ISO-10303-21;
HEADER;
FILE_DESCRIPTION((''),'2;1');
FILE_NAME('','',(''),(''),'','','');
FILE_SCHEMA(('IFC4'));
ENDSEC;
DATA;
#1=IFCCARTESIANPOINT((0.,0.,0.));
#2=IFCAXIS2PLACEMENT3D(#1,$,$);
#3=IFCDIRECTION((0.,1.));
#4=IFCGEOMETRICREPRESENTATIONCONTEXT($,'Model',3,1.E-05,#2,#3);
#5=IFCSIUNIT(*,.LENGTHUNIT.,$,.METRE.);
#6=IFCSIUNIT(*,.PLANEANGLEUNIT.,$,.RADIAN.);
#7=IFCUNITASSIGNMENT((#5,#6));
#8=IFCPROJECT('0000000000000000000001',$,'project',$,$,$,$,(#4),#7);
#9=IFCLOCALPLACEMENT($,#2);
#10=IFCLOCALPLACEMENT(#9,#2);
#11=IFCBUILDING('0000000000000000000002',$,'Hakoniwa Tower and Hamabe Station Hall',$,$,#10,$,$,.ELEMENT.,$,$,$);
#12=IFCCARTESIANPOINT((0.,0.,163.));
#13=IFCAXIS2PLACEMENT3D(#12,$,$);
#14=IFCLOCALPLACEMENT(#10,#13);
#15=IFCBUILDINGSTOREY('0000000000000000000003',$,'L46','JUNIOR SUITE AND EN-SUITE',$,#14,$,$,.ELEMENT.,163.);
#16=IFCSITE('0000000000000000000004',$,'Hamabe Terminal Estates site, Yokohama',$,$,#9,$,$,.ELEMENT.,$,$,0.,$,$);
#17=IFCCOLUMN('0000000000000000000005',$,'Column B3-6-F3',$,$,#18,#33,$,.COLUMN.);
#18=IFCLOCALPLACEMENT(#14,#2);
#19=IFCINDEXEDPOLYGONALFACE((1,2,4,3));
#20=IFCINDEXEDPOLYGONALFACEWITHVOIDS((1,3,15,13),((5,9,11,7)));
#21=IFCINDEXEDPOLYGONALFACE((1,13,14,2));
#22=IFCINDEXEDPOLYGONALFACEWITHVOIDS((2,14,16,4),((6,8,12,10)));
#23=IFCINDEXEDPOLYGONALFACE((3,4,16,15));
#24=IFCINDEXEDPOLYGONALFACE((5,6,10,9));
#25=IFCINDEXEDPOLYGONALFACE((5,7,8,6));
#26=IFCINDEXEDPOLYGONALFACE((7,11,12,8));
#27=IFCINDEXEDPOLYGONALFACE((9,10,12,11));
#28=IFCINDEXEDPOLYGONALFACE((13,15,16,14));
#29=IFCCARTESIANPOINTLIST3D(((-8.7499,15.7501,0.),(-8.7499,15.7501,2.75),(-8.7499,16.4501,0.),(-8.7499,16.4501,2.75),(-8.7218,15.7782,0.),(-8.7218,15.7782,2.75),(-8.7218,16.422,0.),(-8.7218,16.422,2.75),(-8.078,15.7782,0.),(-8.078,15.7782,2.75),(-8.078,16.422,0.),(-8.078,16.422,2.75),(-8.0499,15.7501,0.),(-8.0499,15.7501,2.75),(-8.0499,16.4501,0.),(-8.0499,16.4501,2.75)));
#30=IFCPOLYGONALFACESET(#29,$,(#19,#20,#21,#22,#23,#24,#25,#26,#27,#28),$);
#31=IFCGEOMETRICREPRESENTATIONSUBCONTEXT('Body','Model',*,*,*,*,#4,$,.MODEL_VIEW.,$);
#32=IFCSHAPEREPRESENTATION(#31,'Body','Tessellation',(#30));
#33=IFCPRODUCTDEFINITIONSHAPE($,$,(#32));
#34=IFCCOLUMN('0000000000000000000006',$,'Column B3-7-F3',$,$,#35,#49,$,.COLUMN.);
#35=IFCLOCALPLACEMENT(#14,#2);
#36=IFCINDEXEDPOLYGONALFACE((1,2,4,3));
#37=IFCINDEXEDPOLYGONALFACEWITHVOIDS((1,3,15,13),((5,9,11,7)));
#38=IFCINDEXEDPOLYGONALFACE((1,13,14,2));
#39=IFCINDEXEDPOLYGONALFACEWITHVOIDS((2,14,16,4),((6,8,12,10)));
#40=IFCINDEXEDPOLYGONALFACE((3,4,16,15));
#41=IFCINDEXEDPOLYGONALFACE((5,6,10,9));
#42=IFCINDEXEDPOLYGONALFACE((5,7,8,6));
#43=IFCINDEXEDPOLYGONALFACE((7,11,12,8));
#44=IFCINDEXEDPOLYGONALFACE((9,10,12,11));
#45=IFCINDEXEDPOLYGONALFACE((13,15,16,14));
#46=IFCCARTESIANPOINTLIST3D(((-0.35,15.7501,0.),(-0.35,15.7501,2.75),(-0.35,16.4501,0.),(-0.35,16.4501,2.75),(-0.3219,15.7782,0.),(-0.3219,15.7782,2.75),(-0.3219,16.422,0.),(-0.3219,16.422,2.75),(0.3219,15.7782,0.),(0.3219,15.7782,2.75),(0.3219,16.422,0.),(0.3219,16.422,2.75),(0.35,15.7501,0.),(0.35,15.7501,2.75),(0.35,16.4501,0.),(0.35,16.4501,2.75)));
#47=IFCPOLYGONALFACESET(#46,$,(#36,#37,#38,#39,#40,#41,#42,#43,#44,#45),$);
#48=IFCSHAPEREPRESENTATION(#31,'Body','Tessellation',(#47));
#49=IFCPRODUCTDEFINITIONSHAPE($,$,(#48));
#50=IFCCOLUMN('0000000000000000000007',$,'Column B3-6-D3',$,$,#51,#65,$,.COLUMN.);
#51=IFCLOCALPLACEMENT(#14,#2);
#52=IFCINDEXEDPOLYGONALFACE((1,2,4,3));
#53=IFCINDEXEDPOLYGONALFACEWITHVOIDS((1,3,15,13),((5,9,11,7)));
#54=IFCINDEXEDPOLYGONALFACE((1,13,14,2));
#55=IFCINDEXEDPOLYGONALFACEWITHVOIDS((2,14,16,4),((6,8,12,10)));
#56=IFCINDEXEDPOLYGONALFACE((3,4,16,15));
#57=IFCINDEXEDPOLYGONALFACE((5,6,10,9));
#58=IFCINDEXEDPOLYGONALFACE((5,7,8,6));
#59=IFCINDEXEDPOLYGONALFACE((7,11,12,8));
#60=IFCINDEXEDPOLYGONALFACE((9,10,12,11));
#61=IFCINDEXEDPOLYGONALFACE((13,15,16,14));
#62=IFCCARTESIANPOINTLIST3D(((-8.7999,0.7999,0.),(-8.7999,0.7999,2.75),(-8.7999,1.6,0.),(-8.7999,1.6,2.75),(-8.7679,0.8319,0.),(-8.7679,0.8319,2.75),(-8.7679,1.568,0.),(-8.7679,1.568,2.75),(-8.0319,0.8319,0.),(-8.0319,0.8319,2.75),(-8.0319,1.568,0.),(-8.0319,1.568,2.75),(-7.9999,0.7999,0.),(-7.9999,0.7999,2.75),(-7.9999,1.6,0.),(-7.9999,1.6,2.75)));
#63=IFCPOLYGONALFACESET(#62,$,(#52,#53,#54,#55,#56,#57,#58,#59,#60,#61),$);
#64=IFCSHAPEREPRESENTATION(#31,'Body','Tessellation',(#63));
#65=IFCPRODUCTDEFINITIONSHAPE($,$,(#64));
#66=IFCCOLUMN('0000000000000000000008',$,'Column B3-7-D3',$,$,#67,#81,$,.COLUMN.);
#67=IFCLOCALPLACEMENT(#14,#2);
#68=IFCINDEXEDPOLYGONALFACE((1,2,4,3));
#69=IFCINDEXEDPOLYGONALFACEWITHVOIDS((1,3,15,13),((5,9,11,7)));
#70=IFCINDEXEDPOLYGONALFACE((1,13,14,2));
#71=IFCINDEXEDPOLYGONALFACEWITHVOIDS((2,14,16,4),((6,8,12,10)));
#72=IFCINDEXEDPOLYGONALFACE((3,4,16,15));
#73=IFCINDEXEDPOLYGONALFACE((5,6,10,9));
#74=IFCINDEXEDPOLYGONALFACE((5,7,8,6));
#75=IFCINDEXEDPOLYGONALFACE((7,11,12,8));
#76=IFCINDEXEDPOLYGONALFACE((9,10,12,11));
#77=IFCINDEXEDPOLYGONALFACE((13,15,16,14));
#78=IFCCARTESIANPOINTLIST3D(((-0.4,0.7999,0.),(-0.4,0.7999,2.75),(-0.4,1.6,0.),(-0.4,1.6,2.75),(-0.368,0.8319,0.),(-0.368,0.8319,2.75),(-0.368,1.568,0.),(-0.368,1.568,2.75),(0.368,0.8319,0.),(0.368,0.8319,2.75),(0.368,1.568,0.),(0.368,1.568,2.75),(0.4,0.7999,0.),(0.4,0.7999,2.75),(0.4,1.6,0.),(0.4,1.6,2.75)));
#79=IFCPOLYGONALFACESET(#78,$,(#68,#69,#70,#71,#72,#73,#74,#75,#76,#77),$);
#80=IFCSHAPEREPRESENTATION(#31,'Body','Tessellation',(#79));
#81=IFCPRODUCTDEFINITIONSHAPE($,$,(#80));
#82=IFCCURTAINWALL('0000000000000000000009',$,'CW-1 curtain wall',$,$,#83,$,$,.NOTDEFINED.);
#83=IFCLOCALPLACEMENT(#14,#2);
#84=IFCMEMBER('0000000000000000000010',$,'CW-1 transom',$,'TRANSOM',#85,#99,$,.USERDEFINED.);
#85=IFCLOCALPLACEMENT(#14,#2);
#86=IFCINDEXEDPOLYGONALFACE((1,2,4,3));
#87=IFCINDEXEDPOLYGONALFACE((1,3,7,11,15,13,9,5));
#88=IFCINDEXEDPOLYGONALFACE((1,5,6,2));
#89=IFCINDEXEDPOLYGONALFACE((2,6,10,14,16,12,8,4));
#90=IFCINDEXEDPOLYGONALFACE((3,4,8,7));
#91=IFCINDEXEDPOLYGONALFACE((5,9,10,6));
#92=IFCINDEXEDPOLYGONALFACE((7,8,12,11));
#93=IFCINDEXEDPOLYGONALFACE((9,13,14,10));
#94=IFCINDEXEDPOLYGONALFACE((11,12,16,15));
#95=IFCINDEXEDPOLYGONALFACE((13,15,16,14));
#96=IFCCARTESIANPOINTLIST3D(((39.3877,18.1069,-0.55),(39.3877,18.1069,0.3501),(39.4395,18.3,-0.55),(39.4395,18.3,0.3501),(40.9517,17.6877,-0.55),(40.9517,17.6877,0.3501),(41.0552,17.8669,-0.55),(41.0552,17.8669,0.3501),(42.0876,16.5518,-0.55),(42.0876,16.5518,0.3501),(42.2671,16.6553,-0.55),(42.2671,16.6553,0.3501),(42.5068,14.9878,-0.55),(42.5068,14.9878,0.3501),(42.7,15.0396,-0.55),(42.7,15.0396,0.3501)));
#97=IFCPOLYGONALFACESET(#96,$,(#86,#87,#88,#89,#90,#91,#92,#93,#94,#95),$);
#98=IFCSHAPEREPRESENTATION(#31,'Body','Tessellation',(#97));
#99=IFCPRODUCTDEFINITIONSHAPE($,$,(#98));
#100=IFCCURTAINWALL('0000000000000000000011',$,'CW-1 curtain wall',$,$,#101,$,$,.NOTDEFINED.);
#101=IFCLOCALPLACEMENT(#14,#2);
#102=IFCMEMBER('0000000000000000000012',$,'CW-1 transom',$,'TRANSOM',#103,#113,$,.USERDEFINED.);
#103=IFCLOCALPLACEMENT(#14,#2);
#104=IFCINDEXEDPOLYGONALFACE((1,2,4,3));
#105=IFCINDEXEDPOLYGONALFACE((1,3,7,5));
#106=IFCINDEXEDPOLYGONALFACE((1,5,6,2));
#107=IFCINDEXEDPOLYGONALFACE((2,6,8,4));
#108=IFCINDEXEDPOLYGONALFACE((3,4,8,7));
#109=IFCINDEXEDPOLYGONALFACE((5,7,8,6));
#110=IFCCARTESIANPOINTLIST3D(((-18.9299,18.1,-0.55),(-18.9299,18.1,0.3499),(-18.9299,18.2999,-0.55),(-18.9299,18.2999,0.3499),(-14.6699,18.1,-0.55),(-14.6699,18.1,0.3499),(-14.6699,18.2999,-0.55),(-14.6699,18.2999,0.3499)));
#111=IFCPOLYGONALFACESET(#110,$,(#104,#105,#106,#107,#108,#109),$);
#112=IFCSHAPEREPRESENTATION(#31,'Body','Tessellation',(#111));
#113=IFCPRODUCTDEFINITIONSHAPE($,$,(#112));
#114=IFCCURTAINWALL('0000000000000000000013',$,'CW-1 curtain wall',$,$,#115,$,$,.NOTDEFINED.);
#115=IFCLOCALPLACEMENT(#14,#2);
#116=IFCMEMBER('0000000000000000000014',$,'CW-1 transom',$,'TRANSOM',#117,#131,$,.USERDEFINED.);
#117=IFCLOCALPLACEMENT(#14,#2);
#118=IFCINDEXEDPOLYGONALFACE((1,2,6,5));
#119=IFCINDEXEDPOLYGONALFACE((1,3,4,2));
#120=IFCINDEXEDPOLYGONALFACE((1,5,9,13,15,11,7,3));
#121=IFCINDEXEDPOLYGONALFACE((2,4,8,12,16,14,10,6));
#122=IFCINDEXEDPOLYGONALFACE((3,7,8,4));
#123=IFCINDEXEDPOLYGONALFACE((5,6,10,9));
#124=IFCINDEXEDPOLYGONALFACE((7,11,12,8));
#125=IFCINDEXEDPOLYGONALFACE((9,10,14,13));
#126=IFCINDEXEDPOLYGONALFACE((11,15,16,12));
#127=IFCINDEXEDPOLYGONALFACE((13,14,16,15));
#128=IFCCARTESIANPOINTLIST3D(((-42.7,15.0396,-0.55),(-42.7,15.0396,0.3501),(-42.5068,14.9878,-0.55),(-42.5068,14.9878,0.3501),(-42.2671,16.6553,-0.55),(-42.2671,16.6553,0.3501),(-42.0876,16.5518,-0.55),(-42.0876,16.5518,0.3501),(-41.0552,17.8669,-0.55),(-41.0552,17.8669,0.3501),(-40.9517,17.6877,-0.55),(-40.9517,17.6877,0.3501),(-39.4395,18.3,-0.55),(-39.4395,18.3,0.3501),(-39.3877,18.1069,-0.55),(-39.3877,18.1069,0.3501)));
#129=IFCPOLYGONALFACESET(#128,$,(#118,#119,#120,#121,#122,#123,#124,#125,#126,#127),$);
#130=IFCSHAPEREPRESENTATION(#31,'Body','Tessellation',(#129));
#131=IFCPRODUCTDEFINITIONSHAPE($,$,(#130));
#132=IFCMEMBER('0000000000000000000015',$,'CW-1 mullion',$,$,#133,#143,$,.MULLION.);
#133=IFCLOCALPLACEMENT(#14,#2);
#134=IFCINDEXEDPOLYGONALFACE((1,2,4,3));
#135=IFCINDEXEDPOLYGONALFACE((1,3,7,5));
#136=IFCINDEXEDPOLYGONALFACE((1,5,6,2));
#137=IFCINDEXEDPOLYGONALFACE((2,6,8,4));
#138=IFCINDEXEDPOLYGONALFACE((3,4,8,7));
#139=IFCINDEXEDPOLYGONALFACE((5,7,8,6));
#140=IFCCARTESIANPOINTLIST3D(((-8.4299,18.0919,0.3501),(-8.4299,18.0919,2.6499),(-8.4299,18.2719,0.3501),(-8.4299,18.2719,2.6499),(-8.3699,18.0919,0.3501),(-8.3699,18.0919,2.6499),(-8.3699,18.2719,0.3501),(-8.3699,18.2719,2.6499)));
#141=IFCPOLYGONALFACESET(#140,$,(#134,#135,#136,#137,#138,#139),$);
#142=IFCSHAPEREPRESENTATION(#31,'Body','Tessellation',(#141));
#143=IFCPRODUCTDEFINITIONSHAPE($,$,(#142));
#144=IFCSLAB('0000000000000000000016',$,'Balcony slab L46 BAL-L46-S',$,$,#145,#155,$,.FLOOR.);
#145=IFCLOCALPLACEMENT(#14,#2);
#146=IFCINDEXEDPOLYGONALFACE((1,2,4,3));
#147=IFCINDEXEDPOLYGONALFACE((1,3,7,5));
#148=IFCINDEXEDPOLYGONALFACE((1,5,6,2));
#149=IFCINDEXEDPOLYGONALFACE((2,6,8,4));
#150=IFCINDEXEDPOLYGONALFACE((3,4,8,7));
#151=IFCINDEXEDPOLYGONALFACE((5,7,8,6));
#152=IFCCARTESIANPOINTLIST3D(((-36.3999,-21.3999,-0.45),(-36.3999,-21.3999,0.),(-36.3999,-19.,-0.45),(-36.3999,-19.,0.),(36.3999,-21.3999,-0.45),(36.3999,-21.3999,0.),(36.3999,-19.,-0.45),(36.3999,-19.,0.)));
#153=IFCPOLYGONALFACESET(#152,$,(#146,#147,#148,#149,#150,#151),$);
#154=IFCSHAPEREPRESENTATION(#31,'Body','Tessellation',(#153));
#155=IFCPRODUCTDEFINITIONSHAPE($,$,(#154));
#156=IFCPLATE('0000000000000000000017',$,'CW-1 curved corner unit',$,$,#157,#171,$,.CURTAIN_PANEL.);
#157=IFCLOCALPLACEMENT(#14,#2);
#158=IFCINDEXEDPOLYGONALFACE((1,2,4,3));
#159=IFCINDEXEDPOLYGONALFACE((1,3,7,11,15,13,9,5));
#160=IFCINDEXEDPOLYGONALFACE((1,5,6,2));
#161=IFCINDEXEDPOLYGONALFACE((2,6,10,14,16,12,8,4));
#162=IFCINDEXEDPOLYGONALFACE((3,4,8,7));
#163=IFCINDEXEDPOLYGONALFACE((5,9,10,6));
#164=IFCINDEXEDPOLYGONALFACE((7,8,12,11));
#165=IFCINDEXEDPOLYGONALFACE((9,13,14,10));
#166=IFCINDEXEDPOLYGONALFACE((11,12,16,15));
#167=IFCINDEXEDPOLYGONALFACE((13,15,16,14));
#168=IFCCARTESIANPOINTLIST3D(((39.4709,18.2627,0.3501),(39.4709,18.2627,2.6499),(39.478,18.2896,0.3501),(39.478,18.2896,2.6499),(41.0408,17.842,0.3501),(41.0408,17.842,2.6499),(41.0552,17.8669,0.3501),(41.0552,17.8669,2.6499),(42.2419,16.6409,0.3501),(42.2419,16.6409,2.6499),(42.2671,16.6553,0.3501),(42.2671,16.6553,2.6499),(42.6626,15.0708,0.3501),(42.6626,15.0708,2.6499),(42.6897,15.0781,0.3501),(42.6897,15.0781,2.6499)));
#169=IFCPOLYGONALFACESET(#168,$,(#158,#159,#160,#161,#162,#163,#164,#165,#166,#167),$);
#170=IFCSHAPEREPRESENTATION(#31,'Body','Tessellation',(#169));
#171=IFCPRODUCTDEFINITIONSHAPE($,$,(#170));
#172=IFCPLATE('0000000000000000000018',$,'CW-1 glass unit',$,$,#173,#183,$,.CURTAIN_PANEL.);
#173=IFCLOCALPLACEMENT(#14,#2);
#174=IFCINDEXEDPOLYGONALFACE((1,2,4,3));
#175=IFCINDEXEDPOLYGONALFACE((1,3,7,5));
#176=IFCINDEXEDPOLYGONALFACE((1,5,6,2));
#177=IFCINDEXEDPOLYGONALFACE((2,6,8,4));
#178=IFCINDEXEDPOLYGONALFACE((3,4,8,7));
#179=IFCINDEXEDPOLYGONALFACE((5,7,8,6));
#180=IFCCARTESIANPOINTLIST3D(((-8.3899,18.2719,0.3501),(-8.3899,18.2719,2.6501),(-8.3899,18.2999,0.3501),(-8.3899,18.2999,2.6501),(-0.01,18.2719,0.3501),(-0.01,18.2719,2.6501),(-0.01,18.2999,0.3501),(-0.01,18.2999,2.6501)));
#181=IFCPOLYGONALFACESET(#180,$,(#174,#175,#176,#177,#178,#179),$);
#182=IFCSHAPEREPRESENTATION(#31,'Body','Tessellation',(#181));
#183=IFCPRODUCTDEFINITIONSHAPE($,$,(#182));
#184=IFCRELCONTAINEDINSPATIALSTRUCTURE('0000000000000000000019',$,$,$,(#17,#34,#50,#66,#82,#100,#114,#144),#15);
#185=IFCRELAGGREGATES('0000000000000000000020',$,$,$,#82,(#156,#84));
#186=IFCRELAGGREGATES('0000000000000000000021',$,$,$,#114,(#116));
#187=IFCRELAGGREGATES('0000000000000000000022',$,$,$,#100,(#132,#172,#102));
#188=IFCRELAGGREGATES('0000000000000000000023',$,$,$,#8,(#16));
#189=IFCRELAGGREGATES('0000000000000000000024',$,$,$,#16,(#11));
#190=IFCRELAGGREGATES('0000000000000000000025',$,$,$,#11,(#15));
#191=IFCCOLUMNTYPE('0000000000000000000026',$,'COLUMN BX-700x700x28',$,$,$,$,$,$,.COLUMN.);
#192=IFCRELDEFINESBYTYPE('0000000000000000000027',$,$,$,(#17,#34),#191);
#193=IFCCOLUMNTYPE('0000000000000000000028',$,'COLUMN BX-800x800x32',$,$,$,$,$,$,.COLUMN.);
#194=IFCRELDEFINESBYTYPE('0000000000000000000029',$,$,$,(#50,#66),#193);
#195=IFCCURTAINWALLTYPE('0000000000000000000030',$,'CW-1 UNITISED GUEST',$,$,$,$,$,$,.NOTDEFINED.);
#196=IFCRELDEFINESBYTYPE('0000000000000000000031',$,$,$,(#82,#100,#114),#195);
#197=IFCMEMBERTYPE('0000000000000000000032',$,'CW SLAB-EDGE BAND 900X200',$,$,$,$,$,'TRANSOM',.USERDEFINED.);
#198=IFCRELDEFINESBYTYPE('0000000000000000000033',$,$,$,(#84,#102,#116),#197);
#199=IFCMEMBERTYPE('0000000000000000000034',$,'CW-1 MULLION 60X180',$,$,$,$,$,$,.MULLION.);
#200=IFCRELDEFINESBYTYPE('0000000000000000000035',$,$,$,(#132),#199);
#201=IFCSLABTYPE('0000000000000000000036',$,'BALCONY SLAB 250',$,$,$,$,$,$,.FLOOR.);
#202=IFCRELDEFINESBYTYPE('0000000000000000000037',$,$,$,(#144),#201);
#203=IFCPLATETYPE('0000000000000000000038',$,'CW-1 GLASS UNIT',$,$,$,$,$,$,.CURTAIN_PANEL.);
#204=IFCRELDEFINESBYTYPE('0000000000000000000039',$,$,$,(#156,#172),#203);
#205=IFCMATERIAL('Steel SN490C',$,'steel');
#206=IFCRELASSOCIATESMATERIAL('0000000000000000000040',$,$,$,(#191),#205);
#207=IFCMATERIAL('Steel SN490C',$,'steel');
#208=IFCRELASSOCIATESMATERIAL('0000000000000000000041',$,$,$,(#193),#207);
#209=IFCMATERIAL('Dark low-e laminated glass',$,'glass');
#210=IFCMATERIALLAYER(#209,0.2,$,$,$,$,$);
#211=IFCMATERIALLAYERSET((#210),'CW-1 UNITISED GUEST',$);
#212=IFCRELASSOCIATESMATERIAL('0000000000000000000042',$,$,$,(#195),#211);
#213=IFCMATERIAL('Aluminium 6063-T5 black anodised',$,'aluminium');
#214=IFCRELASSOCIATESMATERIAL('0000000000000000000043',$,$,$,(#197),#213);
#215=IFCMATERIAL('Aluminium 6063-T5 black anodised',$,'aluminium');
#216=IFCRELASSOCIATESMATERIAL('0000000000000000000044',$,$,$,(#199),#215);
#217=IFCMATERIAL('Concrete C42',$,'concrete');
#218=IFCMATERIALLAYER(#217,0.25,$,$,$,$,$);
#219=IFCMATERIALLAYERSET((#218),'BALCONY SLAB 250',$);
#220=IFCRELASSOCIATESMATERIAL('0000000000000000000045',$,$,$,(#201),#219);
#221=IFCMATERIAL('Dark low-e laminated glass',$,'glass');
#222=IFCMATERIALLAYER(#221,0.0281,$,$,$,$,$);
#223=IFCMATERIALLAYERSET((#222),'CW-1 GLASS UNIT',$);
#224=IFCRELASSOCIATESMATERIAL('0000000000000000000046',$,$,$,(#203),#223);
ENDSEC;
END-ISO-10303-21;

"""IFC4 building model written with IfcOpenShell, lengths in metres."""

from ifc_helpers import new_model, si_unit, direction, frame, origin, origin_2d, place, context, subcontext, project, spatial, polyline, rectangle, hollow_rectangle, outline, extrude, material, layer, layer_set, material_profile, profile_set, type_object, element, aggregate, save


model = new_model("IFC4")

# Units and contexts
model_context = context("Model", 3, precision=1e-05, world=origin(), true_north=direction((0.0, 1.0)))
body_context = subcontext(model_context, "Body", "Model", "MODEL_VIEW")
ifc_project = project(units=[si_unit("LENGTHUNIT", "METRE"), si_unit("PLANEANGLEUNIT", "RADIAN")], contexts=[model_context])

# Site, building, storey
site_placement = place(None, origin())
site = spatial("IfcSite", under=ifc_project, at=site_placement, Name="Hamabe Terminal Estates site, Yokohama", CompositionType="ELEMENT", RefElevation=0.0)
building_placement = place(site_placement, origin())
building = spatial("IfcBuilding", under=site, at=building_placement, Name="Hakoniwa Tower and Hamabe Station Hall", CompositionType="ELEMENT")
storey_placement = place(building_placement, frame((0.0, 0.0, 163.0)))
storey = spatial("IfcBuildingStorey", under=building, at=storey_placement, Name="L46", Description="JUNIOR SUITE AND EN-SUITE", CompositionType="ELEMENT", Elevation=163.0)

# Columns
ifc_material_1 = material(Name="Steel SN490C", Category="steel")
ifc_material_profile_1 = material_profile(ifc_material_1, hollow_rectangle(XDim=0.7, YDim=0.7, WallThickness=0.0281, at=origin_2d()), Name="BX-700x700x28")
ifc_profile_set_1 = profile_set([ifc_material_profile_1], Name="Steel SN490C")
column_type_1 = type_object("IfcColumnType", Name="COLUMN BX-700x700x28", PredefinedType="COLUMN", material=ifc_profile_set_1)
for number, where, z_axis, x_axis, name in (
    (1, (-8.3999, 16.1001, 0.0), (0.0, 0.0, 1.0), (1.0, 0.0, 0.0), "Column B3-6-F3"),
    (2, (0.0, 16.1001, 0.0), (0.0, 0.0, 1.0), (1.0, 0.0, 0.0), "Column B3-7-F3"),
):
    element("IfcColumn", number, at=place(storey_placement, frame(where, z_axis=z_axis, x_axis=x_axis)), inside=storey, type_object=column_type_1, Name=name, PredefinedType="COLUMN", context=body_context, shape_type="SweptSolid", body=[
        extrude(hollow_rectangle(XDim=0.7, YDim=0.7, WallThickness=0.0281, at=origin_2d()), origin(), (0.0, 0.0, 1.0), 2.75),
    ])
ifc_material_2 = material(Name="Steel SN490C", Category="steel")
ifc_material_profile_2 = material_profile(ifc_material_2, hollow_rectangle(XDim=0.8, YDim=0.8, WallThickness=0.032, at=origin_2d()), Name="BX-800x800x32")
ifc_profile_set_2 = profile_set([ifc_material_profile_2], Name="Steel SN490C")
column_type_2 = type_object("IfcColumnType", Name="COLUMN BX-800x800x32", PredefinedType="COLUMN", material=ifc_profile_set_2)
for number, where, z_axis, x_axis, name in (
    (3, (-8.3999, 1.2, 0.0), (0.0, 0.0, 1.0), (1.0, 0.0, 0.0), "Column B3-6-D3"),
    (4, (0.0, 1.2, 0.0), (0.0, 0.0, 1.0), (1.0, 0.0, 0.0), "Column B3-7-D3"),
):
    element("IfcColumn", number, at=place(storey_placement, frame(where, z_axis=z_axis, x_axis=x_axis)), inside=storey, type_object=column_type_2, Name=name, PredefinedType="COLUMN", context=body_context, shape_type="SweptSolid", body=[
        extrude(hollow_rectangle(XDim=0.8, YDim=0.8, WallThickness=0.032, at=origin_2d()), origin(), (0.0, 0.0, 1.0), 2.75),
    ])

# Curtain walls, members
ifc_material_3 = material(Name="Dark low-e laminated glass", Category="glass")
ifc_layer_1 = layer(ifc_material_3, 0.2)
ifc_layer_set_1 = layer_set([ifc_layer_1], Name="CW-1 UNITISED GUEST")
curtain_wall_type = type_object("IfcCurtainWallType", Name="CW-1 UNITISED GUEST", PredefinedType="NOTDEFINED", material=ifc_layer_set_1)
curtain_wall_1_placement = place(storey_placement, origin())
curtain_wall_1 = element("IfcCurtainWall", 5, at=curtain_wall_1_placement, inside=storey, type_object=curtain_wall_type, Name="CW-1 curtain wall", PredefinedType="NOTDEFINED")
ifc_material_4 = material(Name="Aluminium 6063-T5 black anodised", Category="aluminium")
ifc_material_profile_3 = material_profile(ifc_material_4, rectangle(XDim=0.2, YDim=0.8999, at=origin_2d()), Name="CW SLAB-EDGE BAND 900X200")
ifc_profile_set_3 = profile_set([ifc_material_profile_3], Name="Aluminium 6063-T5 black anodised")
member_type_1 = type_object("IfcMemberType", Name="CW SLAB-EDGE BAND 900X200", ElementType="TRANSOM", PredefinedType="USERDEFINED", material=ifc_profile_set_3)
member_1_placement = place(storey_placement, frame((0.0, 0.0, -0.55)))
member_1 = element("IfcMember", 6, at=member_1_placement, type_object=member_type_1, Name="CW-1 transom", ObjectType="TRANSOM", PredefinedType="USERDEFINED", context=body_context, shape_type="SweptSolid", body=[
    extrude(outline(polyline([(42.7, 15.0396), (42.2671, 16.6553), (41.0552, 17.8669), (39.4395, 18.3), (39.3877, 18.1069), (40.9517, 17.6877), (42.0876, 16.5518), (42.5068, 14.9878), (42.7, 15.0396)])), origin(), (0.0, 0.0, 1.0), 0.9001),
])
curtain_wall_2_placement = place(storey_placement, origin())
curtain_wall_2 = element("IfcCurtainWall", 7, at=curtain_wall_2_placement, inside=storey, type_object=curtain_wall_type, Name="CW-1 curtain wall", PredefinedType="NOTDEFINED")
member_2_placement = place(storey_placement, frame((-14.6699, 18.2, -0.1001), z_axis=(-1.0, 0.0, 0.0), x_axis=(0.0, -1.0, 0.0)))
member_2 = element("IfcMember", 8, at=member_2_placement, type_object=member_type_1, Name="CW-1 transom", ObjectType="TRANSOM", PredefinedType="USERDEFINED", context=body_context, shape_type="SweptSolid", body=[
    extrude(rectangle(XDim=0.2, YDim=0.8999, at=origin_2d()), origin(), (0.0, 0.0, 1.0), 4.26),
])
curtain_wall_3_placement = place(storey_placement, origin())
curtain_wall_3 = element("IfcCurtainWall", 9, at=curtain_wall_3_placement, inside=storey, type_object=curtain_wall_type, Name="CW-1 curtain wall", PredefinedType="NOTDEFINED")
member_3_placement = place(storey_placement, frame((0.0, 0.0, -0.55)))
member_3 = element("IfcMember", 10, at=member_3_placement, type_object=member_type_1, Name="CW-1 transom", ObjectType="TRANSOM", PredefinedType="USERDEFINED", context=body_context, shape_type="SweptSolid", body=[
    extrude(outline(polyline([(-39.4395, 18.3), (-41.0552, 17.8669), (-42.2671, 16.6553), (-42.7, 15.0396), (-42.5068, 14.9878), (-42.0876, 16.5518), (-40.9517, 17.6877), (-39.3877, 18.1069), (-39.4395, 18.3)])), origin(), (0.0, 0.0, 1.0), 0.9001),
])

# Member
ifc_material_5 = material(Name="Aluminium 6063-T5 black anodised", Category="aluminium")
ifc_material_profile_4 = material_profile(ifc_material_5, rectangle(XDim=0.0601, YDim=0.1799, at=origin_2d()), Name="CW-1 MULLION 60X180")
ifc_profile_set_4 = profile_set([ifc_material_profile_4], Name="Aluminium 6063-T5 black anodised")
member_type_2 = type_object("IfcMemberType", Name="CW-1 MULLION 60X180", PredefinedType="MULLION", material=ifc_profile_set_4)
member_4_placement = place(storey_placement, frame((-8.3999, 18.1819, 0.3501), z_axis=(0.0, 0.0, 1.0), x_axis=(-1.0, 0.0, 0.0)))
member_4 = element("IfcMember", 11, at=member_4_placement, type_object=member_type_2, Name="CW-1 mullion", PredefinedType="MULLION", context=body_context, shape_type="SweptSolid", body=[
    extrude(rectangle(XDim=0.0601, YDim=0.1799, at=origin_2d()), origin(), (0.0, 0.0, 1.0), 2.2998),
])

# Slab
ifc_material_6 = material(Name="Concrete C42", Category="concrete")
ifc_layer_2 = layer(ifc_material_6, 0.25)
ifc_layer_set_2 = layer_set([ifc_layer_2], Name="BALCONY SLAB 250")
slab_type = type_object("IfcSlabType", Name="BALCONY SLAB 250", PredefinedType="FLOOR", material=ifc_layer_set_2)
slab_placement = place(storey_placement, frame((0.0, 0.0, -0.45)))
element("IfcSlab", 12, at=slab_placement, inside=storey, type_object=slab_type, Name="Balcony slab L46 BAL-L46-S", PredefinedType="FLOOR", context=body_context, shape_type="SweptSolid", body=[
    extrude(outline(polyline([(-36.3999, -21.3999), (36.3999, -21.3999), (36.3999, -19.0), (-36.3999, -19.0), (-36.3999, -21.3999)])), origin(), (0.0, 0.0, 1.0), 0.45),
])

# Plates
ifc_material_7 = material(Name="Dark low-e laminated glass", Category="glass")
ifc_layer_3 = layer(ifc_material_7, 0.0281)
ifc_layer_set_3 = layer_set([ifc_layer_3], Name="CW-1 GLASS UNIT")
plate_type = type_object("IfcPlateType", Name="CW-1 GLASS UNIT", PredefinedType="CURTAIN_PANEL", material=ifc_layer_set_3)
plate_1_placement = place(storey_placement, frame((0.0, 0.0, 0.3501)))
plate_1 = element("IfcPlate", 13, at=plate_1_placement, type_object=plate_type, Name="CW-1 curved corner unit", PredefinedType="CURTAIN_PANEL", context=body_context, shape_type="SweptSolid", body=[
    extrude(outline(polyline([(42.6897, 15.0781), (42.2671, 16.6553), (41.0552, 17.8669), (39.478, 18.2896), (39.4709, 18.2627), (41.0408, 17.842), (42.2419, 16.6409), (42.6626, 15.0708), (42.6897, 15.0781)])), origin(), (0.0, 0.0, 1.0), 2.2998),
])
aggregate(curtain_wall_1, [plate_1, member_1])
plate_2_placement = place(storey_placement, frame((-4.2, 18.2859, 0.3501), z_axis=(0.0, 0.0, 1.0), x_axis=(-1.0, 0.0, 0.0)))
plate_2 = element("IfcPlate", 14, at=plate_2_placement, type_object=plate_type, Name="CW-1 glass unit", PredefinedType="CURTAIN_PANEL", context=body_context, shape_type="SweptSolid", body=[
    extrude(rectangle(XDim=8.3799, YDim=0.0281, at=origin_2d()), origin(), (0.0, 0.0, 1.0), 2.3),
])
aggregate(curtain_wall_3, [member_3])

aggregate(curtain_wall_2, [member_4, plate_2, member_2])

save(model, "model.ifc")
